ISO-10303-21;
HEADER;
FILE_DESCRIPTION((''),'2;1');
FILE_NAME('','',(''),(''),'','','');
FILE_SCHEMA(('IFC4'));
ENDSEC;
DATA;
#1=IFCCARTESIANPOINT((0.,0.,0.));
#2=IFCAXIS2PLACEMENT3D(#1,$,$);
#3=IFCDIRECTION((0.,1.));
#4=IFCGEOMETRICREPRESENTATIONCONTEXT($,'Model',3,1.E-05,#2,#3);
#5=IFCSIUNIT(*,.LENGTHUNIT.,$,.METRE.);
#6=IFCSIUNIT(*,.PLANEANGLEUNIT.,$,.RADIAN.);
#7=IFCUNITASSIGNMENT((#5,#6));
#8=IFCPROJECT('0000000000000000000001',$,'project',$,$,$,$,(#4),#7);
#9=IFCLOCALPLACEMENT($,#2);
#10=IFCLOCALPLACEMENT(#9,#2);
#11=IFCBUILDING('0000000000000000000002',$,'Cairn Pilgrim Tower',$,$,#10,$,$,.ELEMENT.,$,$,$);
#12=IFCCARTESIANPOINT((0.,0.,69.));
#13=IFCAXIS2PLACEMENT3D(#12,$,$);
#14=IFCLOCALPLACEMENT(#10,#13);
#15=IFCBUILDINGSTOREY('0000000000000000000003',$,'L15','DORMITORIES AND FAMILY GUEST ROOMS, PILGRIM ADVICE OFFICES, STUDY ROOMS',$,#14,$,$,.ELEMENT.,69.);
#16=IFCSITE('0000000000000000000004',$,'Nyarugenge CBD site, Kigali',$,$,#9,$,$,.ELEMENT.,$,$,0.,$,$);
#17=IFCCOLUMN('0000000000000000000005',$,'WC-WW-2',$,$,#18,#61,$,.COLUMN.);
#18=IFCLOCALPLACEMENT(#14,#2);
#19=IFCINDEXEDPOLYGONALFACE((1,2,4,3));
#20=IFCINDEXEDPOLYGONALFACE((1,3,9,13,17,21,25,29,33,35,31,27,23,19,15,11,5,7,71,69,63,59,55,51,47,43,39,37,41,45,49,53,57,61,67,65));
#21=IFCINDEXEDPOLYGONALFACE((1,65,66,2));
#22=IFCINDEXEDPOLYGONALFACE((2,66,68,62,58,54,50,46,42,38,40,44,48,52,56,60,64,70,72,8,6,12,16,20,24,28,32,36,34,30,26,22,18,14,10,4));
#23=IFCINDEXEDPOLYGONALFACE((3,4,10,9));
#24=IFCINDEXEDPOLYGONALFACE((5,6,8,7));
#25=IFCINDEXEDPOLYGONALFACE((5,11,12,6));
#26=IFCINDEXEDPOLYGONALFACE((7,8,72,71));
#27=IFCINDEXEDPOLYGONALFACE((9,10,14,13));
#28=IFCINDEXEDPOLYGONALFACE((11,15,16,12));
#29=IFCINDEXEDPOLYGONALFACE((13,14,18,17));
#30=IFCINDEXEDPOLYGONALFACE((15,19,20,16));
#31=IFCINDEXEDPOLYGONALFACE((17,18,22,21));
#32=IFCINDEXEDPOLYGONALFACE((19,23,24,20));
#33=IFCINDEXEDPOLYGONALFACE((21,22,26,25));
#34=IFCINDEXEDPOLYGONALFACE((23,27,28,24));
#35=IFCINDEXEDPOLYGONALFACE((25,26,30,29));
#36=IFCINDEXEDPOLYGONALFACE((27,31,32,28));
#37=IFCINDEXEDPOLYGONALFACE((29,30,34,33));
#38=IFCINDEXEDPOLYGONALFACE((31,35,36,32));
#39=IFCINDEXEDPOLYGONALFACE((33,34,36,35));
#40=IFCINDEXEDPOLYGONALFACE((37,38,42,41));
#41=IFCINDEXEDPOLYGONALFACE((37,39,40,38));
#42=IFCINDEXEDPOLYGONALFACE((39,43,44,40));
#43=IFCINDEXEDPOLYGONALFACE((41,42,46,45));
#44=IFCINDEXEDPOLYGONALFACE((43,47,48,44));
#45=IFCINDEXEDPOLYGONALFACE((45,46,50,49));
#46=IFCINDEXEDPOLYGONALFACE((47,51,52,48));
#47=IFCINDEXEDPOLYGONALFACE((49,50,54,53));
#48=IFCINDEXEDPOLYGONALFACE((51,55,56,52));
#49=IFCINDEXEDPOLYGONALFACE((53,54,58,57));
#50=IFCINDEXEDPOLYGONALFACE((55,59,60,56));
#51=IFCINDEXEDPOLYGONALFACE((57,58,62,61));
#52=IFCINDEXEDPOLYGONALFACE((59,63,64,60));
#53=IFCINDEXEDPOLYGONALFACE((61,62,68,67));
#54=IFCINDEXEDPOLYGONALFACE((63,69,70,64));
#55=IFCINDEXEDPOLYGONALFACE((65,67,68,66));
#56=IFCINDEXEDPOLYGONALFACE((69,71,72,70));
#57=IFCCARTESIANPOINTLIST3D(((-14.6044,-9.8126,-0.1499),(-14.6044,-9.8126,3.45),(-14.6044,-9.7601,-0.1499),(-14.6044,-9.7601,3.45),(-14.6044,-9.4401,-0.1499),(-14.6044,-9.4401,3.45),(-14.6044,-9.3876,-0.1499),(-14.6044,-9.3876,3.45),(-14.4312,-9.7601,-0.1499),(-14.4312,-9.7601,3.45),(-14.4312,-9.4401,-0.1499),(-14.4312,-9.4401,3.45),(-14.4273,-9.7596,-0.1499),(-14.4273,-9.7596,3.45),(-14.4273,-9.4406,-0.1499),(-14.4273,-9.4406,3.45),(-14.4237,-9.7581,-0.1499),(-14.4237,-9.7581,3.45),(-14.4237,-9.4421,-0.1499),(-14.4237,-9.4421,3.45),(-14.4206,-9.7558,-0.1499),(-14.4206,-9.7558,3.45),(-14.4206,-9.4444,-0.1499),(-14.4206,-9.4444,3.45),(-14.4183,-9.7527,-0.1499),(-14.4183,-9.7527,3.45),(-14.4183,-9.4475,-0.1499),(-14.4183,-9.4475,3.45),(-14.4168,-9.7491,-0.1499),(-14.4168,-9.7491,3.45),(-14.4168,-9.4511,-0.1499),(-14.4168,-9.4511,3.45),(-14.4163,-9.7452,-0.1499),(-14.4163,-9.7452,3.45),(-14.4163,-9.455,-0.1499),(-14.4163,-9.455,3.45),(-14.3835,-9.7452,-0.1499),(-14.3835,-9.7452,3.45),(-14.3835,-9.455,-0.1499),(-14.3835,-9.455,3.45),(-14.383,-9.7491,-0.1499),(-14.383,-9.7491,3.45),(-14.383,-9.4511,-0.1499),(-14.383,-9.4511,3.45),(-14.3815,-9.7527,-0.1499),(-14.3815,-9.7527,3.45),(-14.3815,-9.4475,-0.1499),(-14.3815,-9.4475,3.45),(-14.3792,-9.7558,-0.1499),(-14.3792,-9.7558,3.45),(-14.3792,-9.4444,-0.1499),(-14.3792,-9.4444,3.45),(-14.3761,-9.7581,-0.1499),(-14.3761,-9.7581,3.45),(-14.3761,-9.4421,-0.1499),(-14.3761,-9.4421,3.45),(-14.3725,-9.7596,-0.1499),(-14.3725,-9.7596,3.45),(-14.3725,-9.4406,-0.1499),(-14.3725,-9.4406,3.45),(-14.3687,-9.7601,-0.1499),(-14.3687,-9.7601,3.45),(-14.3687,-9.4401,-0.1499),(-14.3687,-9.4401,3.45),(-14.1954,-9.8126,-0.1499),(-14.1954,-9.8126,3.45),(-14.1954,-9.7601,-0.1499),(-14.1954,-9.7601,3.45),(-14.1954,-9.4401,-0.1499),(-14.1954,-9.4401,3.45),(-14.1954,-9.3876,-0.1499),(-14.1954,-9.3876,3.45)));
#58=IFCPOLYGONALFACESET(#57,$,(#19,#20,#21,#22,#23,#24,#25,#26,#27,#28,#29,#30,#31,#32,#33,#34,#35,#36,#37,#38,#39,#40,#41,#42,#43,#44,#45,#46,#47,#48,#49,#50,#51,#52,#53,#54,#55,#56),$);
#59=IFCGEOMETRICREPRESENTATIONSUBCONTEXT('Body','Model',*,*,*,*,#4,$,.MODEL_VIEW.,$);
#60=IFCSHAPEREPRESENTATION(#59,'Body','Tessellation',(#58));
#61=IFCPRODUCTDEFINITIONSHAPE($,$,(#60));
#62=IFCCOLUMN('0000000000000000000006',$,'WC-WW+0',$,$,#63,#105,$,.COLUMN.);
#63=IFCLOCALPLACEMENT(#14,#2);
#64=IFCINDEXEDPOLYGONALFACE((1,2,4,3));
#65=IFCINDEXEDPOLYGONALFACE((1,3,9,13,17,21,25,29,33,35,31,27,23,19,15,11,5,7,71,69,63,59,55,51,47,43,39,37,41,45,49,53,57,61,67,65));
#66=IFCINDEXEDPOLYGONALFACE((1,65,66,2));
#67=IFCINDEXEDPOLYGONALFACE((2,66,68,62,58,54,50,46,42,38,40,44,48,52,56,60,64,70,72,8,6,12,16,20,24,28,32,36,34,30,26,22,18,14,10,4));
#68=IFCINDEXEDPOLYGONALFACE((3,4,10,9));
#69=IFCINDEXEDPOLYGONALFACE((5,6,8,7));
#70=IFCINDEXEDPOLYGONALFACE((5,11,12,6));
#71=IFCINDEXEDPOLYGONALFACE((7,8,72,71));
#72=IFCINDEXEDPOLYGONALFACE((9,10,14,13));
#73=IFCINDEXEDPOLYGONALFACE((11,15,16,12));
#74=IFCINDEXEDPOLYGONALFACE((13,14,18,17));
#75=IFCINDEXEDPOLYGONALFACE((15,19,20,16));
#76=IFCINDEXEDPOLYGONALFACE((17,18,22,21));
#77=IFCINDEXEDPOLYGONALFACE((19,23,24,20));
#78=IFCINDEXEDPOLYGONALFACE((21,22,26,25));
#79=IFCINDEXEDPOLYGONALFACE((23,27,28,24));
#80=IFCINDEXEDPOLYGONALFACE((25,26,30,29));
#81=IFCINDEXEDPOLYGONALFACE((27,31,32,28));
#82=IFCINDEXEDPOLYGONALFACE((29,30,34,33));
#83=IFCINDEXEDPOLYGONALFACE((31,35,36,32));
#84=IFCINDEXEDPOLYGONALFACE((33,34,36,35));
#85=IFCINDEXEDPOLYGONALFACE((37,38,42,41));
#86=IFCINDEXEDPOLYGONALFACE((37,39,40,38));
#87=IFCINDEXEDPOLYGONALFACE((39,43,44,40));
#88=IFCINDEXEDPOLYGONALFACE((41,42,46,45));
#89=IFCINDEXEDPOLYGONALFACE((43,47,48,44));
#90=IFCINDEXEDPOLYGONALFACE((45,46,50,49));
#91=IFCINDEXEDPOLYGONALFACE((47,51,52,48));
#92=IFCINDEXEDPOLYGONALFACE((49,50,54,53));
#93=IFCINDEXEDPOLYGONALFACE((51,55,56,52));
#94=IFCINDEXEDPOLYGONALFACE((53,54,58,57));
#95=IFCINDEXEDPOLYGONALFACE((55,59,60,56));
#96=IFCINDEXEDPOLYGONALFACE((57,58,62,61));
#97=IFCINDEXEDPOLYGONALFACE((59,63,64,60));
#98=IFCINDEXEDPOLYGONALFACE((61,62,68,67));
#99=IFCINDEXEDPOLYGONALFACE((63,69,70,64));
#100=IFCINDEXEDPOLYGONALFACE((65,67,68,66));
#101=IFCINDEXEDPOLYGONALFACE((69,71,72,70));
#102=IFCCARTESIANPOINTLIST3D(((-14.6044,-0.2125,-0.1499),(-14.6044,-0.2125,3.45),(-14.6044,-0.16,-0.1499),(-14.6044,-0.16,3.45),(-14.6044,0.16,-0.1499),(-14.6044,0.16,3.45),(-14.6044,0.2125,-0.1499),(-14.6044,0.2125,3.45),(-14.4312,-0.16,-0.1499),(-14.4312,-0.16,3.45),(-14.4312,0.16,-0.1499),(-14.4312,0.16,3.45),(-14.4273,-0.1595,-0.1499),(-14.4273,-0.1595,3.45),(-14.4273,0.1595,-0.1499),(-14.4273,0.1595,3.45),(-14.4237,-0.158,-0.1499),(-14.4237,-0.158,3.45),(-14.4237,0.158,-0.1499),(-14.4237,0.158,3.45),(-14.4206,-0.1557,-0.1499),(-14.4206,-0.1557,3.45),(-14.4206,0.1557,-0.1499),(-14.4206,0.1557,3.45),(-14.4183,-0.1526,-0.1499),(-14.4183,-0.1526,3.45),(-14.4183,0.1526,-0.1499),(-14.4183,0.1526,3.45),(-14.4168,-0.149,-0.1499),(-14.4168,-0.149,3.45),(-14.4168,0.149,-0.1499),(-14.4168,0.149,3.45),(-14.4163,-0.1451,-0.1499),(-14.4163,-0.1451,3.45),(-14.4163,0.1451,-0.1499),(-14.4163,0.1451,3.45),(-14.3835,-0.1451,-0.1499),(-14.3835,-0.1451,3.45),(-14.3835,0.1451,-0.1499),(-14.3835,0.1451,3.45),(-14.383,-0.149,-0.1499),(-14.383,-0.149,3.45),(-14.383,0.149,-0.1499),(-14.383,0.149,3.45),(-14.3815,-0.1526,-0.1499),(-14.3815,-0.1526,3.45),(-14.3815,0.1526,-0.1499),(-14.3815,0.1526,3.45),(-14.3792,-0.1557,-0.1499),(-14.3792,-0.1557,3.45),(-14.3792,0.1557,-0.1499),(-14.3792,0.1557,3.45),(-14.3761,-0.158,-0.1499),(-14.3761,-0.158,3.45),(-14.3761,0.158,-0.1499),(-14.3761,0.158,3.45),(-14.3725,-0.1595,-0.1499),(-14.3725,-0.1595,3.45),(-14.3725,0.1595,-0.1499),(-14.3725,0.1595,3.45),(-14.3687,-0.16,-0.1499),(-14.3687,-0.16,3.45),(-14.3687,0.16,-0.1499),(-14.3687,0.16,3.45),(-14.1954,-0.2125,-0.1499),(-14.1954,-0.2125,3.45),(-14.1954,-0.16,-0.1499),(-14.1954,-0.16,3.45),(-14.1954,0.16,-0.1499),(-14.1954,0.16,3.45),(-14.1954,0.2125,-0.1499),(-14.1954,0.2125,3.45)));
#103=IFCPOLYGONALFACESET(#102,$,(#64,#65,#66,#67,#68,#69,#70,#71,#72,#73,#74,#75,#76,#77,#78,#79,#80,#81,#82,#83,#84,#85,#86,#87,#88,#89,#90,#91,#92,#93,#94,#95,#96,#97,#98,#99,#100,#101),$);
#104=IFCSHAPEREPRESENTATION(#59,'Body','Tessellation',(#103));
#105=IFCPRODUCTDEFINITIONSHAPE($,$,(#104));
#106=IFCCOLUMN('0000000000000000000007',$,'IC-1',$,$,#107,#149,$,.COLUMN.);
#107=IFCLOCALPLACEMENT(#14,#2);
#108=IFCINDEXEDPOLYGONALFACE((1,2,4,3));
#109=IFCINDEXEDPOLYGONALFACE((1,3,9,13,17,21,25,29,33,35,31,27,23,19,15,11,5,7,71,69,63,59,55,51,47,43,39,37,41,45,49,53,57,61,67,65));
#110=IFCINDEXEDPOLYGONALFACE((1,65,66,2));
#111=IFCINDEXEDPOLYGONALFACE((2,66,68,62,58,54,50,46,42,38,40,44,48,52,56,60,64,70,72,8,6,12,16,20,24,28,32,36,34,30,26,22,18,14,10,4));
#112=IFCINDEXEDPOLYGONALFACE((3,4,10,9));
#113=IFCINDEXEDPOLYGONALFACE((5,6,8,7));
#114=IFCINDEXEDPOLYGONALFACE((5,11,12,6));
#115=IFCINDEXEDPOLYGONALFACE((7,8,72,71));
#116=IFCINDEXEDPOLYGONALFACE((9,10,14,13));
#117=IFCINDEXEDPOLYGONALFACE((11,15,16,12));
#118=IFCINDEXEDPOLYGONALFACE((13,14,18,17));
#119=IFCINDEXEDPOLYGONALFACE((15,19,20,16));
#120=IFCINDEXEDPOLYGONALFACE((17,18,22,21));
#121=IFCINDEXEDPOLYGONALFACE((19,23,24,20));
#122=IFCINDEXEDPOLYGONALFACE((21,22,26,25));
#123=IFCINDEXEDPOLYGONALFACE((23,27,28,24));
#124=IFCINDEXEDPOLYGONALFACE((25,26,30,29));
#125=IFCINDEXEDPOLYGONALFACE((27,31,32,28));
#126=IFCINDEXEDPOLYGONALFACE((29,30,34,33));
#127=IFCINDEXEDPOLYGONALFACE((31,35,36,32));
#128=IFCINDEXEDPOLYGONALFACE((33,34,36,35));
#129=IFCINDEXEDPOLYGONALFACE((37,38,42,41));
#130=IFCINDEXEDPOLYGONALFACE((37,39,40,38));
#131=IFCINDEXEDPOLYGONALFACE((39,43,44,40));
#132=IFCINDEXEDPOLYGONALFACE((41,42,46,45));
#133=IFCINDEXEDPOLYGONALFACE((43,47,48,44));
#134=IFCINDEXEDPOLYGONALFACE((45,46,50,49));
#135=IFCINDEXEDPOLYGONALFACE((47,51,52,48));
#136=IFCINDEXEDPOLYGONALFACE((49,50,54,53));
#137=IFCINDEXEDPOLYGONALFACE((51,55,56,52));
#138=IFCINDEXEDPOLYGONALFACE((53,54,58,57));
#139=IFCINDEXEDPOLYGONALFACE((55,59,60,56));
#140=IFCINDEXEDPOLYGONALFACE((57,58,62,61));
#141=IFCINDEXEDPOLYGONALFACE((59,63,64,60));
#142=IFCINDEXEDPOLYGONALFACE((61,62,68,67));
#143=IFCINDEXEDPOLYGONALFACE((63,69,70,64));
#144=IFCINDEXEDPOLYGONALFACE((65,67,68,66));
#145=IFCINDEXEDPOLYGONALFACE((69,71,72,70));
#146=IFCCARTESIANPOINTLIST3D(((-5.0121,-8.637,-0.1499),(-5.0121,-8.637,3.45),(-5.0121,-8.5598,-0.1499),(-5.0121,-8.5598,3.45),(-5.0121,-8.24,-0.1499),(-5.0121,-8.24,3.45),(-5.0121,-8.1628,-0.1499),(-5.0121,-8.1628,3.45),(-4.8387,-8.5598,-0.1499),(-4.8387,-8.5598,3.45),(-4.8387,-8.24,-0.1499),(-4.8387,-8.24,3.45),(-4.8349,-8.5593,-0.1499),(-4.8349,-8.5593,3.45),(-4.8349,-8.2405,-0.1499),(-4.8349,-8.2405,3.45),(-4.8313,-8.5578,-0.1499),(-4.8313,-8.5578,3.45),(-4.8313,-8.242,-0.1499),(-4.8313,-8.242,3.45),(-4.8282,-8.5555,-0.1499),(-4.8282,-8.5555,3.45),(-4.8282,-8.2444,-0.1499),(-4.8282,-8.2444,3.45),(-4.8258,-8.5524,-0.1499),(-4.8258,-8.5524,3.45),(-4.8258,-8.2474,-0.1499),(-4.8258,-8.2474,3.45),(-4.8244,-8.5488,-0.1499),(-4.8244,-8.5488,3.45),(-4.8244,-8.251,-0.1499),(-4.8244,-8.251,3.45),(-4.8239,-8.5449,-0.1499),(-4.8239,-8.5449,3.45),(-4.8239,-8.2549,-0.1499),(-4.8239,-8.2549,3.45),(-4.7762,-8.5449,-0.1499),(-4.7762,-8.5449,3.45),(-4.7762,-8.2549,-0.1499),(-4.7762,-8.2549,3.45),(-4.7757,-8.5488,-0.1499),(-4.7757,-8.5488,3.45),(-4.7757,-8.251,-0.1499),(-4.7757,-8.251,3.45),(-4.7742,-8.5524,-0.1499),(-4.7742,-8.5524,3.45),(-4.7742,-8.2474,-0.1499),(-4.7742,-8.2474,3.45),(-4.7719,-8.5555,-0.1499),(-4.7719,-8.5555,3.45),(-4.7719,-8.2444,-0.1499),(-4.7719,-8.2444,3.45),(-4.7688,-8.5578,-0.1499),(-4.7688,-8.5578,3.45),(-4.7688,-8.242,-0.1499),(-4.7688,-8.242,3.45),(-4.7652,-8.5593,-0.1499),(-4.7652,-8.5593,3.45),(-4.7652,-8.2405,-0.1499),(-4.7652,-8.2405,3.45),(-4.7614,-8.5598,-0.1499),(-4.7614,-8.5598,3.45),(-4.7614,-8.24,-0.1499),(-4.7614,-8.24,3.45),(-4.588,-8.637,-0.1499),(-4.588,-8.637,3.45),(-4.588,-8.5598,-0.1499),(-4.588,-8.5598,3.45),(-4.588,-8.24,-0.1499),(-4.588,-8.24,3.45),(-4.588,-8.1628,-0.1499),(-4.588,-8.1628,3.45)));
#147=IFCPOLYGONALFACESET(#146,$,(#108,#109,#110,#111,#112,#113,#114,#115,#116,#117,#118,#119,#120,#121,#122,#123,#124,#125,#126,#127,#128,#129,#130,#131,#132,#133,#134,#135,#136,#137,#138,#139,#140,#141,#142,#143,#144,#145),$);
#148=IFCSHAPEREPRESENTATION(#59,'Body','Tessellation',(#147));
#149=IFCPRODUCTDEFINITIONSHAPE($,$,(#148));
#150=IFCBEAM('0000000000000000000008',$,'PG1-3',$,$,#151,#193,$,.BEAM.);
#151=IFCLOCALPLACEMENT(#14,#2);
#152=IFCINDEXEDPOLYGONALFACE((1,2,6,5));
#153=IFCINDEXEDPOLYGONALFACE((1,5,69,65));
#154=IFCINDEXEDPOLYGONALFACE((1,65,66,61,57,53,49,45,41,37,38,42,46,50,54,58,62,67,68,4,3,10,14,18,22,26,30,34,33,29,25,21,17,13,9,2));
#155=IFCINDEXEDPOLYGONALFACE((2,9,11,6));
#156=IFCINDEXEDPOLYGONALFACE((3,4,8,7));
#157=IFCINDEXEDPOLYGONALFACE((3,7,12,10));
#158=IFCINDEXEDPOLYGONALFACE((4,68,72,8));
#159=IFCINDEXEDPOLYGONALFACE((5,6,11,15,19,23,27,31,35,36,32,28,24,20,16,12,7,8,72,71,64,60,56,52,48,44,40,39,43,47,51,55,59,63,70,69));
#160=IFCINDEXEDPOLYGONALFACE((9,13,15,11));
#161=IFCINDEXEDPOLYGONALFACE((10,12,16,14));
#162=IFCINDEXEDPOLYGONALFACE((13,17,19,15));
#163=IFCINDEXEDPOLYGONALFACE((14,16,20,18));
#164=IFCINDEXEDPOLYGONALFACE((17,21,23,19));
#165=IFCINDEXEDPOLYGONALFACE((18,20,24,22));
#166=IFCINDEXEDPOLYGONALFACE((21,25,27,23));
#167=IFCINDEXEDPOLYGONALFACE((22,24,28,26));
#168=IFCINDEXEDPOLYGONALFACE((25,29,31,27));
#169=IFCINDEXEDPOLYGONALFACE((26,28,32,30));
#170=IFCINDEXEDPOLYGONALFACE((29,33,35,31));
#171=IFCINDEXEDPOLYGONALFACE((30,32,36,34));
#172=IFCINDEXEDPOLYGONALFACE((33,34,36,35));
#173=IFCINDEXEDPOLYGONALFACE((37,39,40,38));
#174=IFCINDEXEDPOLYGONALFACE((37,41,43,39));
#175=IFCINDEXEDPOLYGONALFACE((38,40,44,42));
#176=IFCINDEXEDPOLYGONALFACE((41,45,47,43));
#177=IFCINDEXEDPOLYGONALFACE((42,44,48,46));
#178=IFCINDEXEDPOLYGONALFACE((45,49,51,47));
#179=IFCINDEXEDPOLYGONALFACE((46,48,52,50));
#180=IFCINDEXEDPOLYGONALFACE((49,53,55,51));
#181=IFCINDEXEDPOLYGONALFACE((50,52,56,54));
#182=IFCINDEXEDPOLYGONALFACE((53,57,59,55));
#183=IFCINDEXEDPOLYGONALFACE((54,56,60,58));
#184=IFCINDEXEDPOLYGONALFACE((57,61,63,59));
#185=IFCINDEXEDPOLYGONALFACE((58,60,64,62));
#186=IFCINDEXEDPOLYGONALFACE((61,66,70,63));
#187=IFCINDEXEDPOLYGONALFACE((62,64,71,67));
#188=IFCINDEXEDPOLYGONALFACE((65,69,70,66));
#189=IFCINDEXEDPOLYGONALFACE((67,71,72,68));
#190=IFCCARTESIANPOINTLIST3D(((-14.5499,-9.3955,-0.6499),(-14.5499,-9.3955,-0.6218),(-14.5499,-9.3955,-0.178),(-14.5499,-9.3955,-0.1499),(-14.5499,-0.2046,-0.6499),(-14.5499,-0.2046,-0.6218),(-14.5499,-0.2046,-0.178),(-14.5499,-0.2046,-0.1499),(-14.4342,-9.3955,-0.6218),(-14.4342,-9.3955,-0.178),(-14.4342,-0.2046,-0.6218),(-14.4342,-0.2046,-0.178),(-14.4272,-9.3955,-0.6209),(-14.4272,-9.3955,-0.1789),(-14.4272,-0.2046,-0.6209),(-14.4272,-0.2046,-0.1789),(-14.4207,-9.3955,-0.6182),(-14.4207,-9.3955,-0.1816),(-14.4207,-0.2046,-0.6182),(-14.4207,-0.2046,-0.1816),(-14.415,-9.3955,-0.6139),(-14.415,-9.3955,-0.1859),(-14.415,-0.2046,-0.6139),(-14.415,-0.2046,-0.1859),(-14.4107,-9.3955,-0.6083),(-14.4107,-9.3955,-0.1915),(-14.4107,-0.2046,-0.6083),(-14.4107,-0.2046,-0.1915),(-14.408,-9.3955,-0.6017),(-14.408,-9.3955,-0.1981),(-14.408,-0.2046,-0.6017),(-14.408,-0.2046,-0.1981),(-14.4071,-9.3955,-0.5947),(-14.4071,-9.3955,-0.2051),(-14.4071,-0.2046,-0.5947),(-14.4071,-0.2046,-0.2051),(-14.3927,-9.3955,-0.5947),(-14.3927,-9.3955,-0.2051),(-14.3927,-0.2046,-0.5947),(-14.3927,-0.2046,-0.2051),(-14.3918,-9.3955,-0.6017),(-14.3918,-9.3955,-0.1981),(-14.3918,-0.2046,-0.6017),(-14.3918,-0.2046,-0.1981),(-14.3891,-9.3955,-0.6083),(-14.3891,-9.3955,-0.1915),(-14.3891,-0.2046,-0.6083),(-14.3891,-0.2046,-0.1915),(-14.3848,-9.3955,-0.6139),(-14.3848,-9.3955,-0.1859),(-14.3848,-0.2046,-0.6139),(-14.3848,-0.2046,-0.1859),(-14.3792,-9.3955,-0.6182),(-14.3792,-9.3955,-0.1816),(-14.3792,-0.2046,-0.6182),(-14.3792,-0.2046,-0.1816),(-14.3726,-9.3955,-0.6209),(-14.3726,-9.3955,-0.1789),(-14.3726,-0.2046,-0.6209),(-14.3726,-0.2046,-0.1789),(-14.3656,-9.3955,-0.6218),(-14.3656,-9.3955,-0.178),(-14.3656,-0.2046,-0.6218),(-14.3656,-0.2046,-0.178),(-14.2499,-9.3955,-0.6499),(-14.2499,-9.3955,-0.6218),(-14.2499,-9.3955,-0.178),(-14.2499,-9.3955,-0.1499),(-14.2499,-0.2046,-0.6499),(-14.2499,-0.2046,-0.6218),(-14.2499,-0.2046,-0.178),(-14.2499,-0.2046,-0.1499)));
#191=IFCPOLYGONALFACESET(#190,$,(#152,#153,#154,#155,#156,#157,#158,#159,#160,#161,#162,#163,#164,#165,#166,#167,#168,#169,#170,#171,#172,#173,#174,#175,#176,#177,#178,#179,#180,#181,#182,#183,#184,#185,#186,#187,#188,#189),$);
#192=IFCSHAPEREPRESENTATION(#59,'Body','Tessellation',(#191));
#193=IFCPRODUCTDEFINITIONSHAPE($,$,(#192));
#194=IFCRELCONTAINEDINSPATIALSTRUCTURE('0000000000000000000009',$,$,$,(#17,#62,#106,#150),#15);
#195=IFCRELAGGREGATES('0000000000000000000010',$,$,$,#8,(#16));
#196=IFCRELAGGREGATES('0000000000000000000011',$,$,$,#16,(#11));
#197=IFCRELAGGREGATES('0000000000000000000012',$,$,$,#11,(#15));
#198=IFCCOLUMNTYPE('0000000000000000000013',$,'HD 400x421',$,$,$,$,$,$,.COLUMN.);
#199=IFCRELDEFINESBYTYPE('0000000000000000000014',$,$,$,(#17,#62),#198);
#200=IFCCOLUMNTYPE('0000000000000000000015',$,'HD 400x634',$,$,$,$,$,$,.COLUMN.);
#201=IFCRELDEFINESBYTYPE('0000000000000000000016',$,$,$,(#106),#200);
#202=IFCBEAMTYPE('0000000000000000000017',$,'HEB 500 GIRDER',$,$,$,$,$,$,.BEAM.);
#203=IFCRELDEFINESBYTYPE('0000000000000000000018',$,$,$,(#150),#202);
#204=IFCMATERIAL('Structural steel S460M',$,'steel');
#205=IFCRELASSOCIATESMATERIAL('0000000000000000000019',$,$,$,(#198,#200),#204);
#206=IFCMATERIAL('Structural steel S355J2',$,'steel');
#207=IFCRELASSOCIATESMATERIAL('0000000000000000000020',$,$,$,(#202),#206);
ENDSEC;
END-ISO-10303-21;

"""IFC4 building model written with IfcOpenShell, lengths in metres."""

from ifc_helpers import new_model, si_unit, direction, frame, origin, origin_2d, place, context, subcontext, project, spatial, i_section, extrude, material, material_profile, profile_set, type_object, element, save


model = new_model("IFC4")

# Units and contexts
model_context = context("Model", 3, precision=1e-05, world=origin(), true_north=direction((0.0, 1.0)))
body_context = subcontext(model_context, "Body", "Model", "MODEL_VIEW")
ifc_project = project(units=[si_unit("LENGTHUNIT", "METRE"), si_unit("PLANEANGLEUNIT", "RADIAN")], contexts=[model_context])

# Site, building, storey
site_placement = place(None, origin())
site = spatial("IfcSite", under=ifc_project, at=site_placement, Name="Nyarugenge CBD site, Kigali", CompositionType="ELEMENT", RefElevation=0.0)
building_placement = place(site_placement, origin())
building = spatial("IfcBuilding", under=site, at=building_placement, Name="Cairn Pilgrim Tower", CompositionType="ELEMENT")
storey_placement = place(building_placement, frame((0.0, 0.0, 69.0)))
storey = spatial("IfcBuildingStorey", under=building, at=storey_placement, Name="L15", Description="DORMITORIES AND FAMILY GUEST ROOMS, PILGRIM ADVICE OFFICES, STUDY ROOMS", CompositionType="ELEMENT", Elevation=69.0)

# Columns
ifc_material_1 = material(Name="Structural steel S460M", Category="steel")
ifc_material_profile_1 = material_profile(ifc_material_1, i_section(OverallWidth=0.4089, OverallDepth=0.425, WebThickness=0.0327, FlangeThickness=0.0525, FilletRadius=0.0149, at=origin_2d()), Name="HD 400x421")
ifc_profile_set_1 = profile_set([ifc_material_profile_1], Name="Structural steel S460M")
column_type_1 = type_object("IfcColumnType", Name="HD 400x421", PredefinedType="COLUMN", material=ifc_profile_set_1)
for number, where, z_axis, x_axis, name in (
    (1, (-14.3999, -9.6001, -0.1499), (0.0, 0.0, 1.0), (1.0, 0.0, 0.0), "WC-WW-2"),
    (2, (-14.3999, 0.0, -0.1499), (0.0, 0.0, 1.0), (1.0, 0.0, 0.0), "WC-WW+0"),
):
    element("IfcColumn", number, at=place(storey_placement, frame(where, z_axis=z_axis, x_axis=x_axis)), inside=storey, type_object=column_type_1, Name=name, PredefinedType="COLUMN", context=body_context, shape_type="SweptSolid", body=[
        extrude(i_section(OverallWidth=0.4089, OverallDepth=0.425, WebThickness=0.0327, FlangeThickness=0.0525, FilletRadius=0.0149, at=origin_2d()), origin(), (0.0, 0.0, 1.0), 3.5999),
    ])
ifc_material_profile_2 = material_profile(ifc_material_1, i_section(OverallWidth=0.4241, OverallDepth=0.4741, WebThickness=0.0476, FlangeThickness=0.0771, FilletRadius=0.0149, at=origin_2d()), Name="HD 400x634")
ifc_profile_set_2 = profile_set([ifc_material_profile_2], Name="Structural steel S460M")
column_type_2 = type_object("IfcColumnType", Name="HD 400x634", PredefinedType="COLUMN", material=ifc_profile_set_2)
column_placement = place(storey_placement, frame((-4.8, -8.3999, -0.1499), z_axis=(0.0, 0.0, 1.0), x_axis=(1.0, 0.0, 0.0)))
element("IfcColumn", 3, at=column_placement, inside=storey, type_object=column_type_2, Name="IC-1", PredefinedType="COLUMN", context=body_context, shape_type="SweptSolid", body=[
    extrude(i_section(OverallWidth=0.4241, OverallDepth=0.4741, WebThickness=0.0476, FlangeThickness=0.0771, FilletRadius=0.0149, at=origin_2d()), origin(), (0.0, 0.0, 1.0), 3.5999),
])

# Beam
ifc_material_2 = material(Name="Structural steel S355J2", Category="steel")
ifc_material_profile_3 = material_profile(ifc_material_2, i_section(OverallWidth=0.3, OverallDepth=0.5, WebThickness=0.0144, FlangeThickness=0.0281, FilletRadius=0.0271, at=origin_2d()), Name="HEB 500")
ifc_profile_set_3 = profile_set([ifc_material_profile_3], Name="Structural steel S355J2")
beam_type_1 = type_object("IfcBeamType", Name="HEB 500 GIRDER", PredefinedType="BEAM", material=ifc_profile_set_3)
beam_1_placement = place(storey_placement, frame((-14.3999, -9.3955, -0.3999), z_axis=(0.0, 1.0, 0.0), x_axis=(-1.0, 0.0, 0.0)))
element("IfcBeam", 4, at=beam_1_placement, inside=storey, type_object=beam_type_1, Name="PG1-3", PredefinedType="BEAM", context=body_context, shape_type="SweptSolid", body=[
    extrude(i_section(OverallWidth=0.3, OverallDepth=0.5, WebThickness=0.0144, FlangeThickness=0.0281, FilletRadius=0.0271, at=origin_2d()), origin(), (0.0, 0.0, 1.0), 9.1909),
])

save(model, "model.ifc")
